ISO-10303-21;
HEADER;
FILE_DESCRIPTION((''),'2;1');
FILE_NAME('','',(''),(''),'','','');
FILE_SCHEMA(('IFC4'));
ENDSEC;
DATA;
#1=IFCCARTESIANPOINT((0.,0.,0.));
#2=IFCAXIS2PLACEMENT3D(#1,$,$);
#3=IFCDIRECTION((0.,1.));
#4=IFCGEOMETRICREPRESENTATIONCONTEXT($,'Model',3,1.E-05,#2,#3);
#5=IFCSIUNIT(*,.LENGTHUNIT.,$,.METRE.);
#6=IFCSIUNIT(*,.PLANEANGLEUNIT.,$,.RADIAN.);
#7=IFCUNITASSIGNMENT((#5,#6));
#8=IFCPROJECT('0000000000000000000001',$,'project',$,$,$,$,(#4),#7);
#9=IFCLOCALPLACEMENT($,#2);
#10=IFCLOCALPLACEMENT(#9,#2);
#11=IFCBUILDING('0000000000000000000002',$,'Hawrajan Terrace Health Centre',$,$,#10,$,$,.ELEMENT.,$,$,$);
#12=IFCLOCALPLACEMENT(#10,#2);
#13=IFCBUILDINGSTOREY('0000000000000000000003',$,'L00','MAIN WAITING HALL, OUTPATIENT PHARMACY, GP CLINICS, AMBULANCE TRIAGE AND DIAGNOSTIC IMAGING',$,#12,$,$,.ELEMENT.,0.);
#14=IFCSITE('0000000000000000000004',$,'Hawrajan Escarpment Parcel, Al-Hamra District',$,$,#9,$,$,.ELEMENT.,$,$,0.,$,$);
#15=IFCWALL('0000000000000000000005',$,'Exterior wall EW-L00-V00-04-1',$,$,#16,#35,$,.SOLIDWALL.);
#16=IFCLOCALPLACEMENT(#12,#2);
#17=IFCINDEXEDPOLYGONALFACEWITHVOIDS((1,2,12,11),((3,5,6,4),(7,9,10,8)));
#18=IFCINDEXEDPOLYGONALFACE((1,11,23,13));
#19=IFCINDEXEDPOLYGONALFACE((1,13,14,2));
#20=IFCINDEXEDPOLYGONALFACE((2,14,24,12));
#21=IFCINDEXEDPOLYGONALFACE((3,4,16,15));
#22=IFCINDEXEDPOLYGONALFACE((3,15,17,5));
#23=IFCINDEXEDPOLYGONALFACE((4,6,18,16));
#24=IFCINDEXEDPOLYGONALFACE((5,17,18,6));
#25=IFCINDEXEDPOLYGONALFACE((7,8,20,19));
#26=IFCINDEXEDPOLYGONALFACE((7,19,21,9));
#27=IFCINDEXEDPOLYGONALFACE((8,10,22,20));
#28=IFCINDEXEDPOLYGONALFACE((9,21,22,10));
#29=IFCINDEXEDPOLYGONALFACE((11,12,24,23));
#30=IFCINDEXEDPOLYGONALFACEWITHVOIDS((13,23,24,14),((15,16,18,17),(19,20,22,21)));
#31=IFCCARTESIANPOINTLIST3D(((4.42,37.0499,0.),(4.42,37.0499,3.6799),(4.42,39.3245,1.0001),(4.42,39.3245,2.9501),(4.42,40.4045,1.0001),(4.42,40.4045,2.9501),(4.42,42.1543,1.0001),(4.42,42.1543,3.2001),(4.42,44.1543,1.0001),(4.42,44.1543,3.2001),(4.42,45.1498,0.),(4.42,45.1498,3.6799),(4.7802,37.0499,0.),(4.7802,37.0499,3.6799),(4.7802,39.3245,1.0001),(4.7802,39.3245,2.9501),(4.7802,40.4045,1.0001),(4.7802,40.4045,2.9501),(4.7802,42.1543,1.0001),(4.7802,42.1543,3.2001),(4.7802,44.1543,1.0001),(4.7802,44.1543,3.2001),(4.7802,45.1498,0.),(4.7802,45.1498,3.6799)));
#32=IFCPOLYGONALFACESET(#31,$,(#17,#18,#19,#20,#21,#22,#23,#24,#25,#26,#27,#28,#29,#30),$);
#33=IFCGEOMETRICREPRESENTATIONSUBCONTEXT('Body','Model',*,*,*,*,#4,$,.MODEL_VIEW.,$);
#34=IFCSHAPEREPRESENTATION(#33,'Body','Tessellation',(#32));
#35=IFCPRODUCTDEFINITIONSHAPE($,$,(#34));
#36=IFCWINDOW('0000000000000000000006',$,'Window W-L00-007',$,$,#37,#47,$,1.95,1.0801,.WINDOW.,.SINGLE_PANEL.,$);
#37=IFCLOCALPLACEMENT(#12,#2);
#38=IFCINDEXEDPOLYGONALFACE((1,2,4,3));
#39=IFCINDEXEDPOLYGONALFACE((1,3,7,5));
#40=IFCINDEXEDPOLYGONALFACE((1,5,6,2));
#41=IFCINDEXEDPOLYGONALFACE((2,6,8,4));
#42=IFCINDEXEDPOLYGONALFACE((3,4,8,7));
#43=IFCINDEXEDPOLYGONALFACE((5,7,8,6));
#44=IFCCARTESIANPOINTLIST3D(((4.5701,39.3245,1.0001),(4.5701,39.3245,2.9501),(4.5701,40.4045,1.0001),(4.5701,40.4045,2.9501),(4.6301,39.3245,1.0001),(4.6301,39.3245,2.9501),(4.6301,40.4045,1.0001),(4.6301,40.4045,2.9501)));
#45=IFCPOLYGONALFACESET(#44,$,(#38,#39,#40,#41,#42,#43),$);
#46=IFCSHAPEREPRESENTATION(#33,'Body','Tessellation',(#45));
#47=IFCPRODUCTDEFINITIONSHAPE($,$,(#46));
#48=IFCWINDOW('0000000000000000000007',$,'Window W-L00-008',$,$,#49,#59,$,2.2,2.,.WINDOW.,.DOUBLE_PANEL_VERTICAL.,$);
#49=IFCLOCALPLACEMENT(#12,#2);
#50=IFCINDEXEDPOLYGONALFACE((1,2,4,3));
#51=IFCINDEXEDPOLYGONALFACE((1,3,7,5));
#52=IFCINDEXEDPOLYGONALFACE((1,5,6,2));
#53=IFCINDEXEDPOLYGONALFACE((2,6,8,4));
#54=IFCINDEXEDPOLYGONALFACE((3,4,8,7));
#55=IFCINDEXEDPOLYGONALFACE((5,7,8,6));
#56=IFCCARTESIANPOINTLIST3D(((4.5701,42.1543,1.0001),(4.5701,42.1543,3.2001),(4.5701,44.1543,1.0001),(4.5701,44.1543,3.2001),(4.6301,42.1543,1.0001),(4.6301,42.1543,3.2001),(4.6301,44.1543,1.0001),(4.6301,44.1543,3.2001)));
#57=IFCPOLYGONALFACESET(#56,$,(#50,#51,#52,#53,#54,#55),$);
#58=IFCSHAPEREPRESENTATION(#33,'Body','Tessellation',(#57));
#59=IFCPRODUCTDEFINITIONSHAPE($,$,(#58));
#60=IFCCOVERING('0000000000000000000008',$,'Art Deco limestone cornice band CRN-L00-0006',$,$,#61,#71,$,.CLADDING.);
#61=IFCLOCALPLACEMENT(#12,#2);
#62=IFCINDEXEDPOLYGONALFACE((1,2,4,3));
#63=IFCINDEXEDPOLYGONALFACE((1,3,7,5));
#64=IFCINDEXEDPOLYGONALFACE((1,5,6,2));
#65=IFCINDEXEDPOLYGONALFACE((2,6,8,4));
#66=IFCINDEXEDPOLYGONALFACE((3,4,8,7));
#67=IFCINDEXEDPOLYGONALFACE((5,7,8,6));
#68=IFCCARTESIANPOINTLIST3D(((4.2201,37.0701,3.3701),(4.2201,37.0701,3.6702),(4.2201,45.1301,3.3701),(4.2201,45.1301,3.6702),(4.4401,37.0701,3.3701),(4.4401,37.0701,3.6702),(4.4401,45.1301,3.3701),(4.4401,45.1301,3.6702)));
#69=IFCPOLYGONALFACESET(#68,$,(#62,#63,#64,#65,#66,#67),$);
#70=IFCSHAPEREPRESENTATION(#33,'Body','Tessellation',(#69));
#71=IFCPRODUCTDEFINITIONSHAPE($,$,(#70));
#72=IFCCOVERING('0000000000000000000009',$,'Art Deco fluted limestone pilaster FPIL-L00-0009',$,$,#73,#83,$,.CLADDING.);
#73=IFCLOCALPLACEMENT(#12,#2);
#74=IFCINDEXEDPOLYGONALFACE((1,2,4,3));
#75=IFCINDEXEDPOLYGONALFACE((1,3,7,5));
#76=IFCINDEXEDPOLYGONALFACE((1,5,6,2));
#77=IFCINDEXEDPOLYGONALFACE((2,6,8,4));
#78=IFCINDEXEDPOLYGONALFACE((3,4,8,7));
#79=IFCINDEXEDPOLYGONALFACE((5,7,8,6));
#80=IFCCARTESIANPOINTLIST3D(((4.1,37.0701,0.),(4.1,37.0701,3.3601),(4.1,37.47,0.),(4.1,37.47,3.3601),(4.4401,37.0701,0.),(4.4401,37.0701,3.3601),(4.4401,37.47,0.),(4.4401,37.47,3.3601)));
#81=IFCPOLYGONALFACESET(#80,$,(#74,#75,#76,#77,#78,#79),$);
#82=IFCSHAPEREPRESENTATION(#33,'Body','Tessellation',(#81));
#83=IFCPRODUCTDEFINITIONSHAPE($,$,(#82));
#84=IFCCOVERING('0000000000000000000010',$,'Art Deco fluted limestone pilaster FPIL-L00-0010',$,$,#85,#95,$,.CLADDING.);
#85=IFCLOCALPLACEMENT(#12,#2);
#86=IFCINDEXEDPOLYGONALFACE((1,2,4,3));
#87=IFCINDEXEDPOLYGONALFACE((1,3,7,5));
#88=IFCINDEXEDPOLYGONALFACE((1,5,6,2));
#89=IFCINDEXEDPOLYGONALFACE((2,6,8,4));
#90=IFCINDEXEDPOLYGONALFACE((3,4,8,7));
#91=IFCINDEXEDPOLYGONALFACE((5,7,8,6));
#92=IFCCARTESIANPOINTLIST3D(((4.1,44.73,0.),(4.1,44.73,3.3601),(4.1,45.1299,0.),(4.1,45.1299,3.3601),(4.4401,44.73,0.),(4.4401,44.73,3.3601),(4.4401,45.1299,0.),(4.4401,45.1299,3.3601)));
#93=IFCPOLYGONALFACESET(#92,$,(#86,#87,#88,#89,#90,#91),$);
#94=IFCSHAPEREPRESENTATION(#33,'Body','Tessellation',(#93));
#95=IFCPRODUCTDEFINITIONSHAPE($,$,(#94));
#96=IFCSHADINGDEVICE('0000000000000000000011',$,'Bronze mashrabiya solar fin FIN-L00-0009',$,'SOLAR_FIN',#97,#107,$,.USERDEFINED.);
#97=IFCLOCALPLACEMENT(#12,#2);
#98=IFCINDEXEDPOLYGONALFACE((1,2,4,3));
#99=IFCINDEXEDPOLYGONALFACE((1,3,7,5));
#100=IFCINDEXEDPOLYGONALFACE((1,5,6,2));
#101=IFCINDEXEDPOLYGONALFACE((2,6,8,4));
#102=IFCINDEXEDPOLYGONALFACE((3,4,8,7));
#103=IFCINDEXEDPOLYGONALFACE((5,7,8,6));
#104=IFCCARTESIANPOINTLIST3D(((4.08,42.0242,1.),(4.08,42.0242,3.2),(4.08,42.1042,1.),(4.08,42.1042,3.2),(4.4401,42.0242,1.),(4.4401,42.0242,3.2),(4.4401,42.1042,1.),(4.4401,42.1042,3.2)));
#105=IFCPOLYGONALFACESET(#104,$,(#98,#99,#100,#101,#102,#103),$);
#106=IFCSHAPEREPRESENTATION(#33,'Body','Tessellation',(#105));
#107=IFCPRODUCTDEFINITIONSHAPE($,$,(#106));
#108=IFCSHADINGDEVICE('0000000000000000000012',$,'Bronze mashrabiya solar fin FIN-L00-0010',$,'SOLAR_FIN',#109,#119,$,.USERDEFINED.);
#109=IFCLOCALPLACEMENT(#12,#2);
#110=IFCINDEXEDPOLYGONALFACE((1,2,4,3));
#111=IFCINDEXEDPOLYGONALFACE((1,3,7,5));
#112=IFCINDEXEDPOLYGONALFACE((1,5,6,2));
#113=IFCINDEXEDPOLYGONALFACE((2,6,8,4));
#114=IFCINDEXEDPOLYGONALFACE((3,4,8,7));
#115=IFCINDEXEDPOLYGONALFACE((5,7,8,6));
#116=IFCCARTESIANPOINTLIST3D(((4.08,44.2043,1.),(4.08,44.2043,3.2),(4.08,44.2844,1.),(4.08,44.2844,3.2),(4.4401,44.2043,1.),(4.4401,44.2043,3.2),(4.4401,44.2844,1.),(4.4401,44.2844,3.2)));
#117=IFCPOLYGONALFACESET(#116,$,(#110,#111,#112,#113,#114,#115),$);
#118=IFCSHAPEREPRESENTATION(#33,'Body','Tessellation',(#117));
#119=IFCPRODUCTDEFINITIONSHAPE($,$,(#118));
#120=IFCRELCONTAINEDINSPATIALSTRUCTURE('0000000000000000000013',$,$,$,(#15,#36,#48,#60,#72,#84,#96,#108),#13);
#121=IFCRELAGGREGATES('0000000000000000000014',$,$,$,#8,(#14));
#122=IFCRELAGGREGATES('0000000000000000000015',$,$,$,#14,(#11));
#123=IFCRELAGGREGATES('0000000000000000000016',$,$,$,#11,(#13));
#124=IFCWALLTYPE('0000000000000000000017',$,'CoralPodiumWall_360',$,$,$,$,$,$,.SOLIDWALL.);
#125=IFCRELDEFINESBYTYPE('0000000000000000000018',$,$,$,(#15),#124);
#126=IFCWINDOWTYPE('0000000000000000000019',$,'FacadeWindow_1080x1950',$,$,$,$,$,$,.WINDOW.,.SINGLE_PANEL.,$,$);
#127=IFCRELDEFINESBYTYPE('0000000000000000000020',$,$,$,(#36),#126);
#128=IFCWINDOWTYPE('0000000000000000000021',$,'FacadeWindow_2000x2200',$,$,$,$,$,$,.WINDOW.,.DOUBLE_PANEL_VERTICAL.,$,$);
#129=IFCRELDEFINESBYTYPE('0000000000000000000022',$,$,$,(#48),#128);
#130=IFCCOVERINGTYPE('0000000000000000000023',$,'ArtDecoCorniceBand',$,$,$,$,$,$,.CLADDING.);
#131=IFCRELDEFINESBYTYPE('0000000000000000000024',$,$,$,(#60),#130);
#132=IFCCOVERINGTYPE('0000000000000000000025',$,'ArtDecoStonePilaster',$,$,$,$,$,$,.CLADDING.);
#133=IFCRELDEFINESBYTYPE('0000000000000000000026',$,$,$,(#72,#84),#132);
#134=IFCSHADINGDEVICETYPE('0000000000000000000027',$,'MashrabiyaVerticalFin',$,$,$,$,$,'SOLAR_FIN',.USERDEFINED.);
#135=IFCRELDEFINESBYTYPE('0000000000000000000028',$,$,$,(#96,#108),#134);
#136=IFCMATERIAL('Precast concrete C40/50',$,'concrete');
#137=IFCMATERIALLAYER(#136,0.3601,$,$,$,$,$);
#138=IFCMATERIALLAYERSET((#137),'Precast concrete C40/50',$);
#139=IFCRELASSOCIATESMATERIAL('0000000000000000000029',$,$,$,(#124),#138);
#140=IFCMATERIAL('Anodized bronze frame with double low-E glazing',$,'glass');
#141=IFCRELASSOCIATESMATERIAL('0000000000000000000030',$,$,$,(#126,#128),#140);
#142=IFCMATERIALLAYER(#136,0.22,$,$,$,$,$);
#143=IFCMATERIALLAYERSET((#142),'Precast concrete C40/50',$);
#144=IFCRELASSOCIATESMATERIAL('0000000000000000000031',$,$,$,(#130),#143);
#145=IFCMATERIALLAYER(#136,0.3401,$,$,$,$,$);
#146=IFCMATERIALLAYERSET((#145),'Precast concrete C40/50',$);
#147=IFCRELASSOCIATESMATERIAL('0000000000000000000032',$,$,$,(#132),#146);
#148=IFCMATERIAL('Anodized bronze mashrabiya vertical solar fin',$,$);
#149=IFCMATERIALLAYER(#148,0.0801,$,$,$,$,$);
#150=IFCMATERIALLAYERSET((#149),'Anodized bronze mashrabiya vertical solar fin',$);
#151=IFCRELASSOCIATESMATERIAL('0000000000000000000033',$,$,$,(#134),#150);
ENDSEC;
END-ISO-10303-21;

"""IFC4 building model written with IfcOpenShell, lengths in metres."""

from ifc_helpers import new_model, si_unit, direction, frame, frame_2d, origin, origin_2d, place, context, subcontext, project, spatial, rectangle, extrude, material, layer, layer_set, type_object, element, fill, save


model = new_model("IFC4")

# Units and contexts
model_context = context("Model", 3, precision=1e-05, world=origin(), true_north=direction((0.0, 1.0)))
body_context = subcontext(model_context, "Body", "Model", "MODEL_VIEW")
ifc_project = project(units=[si_unit("LENGTHUNIT", "METRE"), si_unit("PLANEANGLEUNIT", "RADIAN")], contexts=[model_context])

# Site, building, storey
site_placement = place(None, origin())
site = spatial("IfcSite", under=ifc_project, at=site_placement, Name="Hawrajan Escarpment Parcel, Al-Hamra District", CompositionType="ELEMENT", RefElevation=0.0)
building_placement = place(site_placement, origin())
building = spatial("IfcBuilding", under=site, at=building_placement, Name="Hawrajan Terrace Health Centre", CompositionType="ELEMENT")
storey_placement = place(building_placement, origin())
storey = spatial("IfcBuildingStorey", under=building, at=storey_placement, Name="L00", Description="MAIN WAITING HALL, OUTPATIENT PHARMACY, GP CLINICS, AMBULANCE TRIAGE AND DIAGNOSTIC IMAGING", CompositionType="ELEMENT", Elevation=0.0)

# Wall, openings, windows
ifc_material_1 = material(Name="Precast concrete C40/50", Category="concrete")
ifc_layer_1 = layer(ifc_material_1, 0.3601)
ifc_layer_set_1 = layer_set([ifc_layer_1], Name="Precast concrete C40/50")
wall_type_1 = type_object("IfcWallType", Name="CoralPodiumWall_360", PredefinedType="SOLIDWALL", material=ifc_layer_set_1)
wall_1_placement = place(storey_placement, frame((4.6001, 37.05, 0.0), z_axis=(0.0, 0.0, 1.0), x_axis=(0.0, 1.0, 0.0)))
wall_1 = element("IfcWall", 1, at=wall_1_placement, inside=storey, type_object=wall_type_1, Name="Exterior wall EW-L00-V00-04-1", PredefinedType="SOLIDWALL", context=body_context, shape_type="SweptSolid", body=[
    extrude(rectangle(XDim=8.0999, YDim=0.3601, at=frame_2d((4.0498, 0.0))), origin(), (0.0, 0.0, 1.0), 3.6799),
])
opening_1_placement = place(wall_1_placement, frame((2.2744, 0.0, 1.0)))
opening_1 = element("IfcOpeningElement", 2, at=opening_1_placement, cuts=wall_1, PredefinedType="OPENING", context=body_context, shape_type="SweptSolid", body=[
    extrude(rectangle(XDim=1.0801, YDim=1.95, at=frame_2d((0.54, 0.9751))), frame((0.0, 0.1899, 0.0), z_axis=(0.0, -1.0, 0.0), x_axis=(1.0, 0.0, 0.0)), (0.0, 0.0, 1.0), 0.3801),
])
opening_2_placement = place(wall_1_placement, frame((5.1042, 0.0, 1.0)))
opening_2 = element("IfcOpeningElement", 3, at=opening_2_placement, cuts=wall_1, PredefinedType="OPENING", context=body_context, shape_type="SweptSolid", body=[
    extrude(rectangle(XDim=2.0, YDim=2.2, at=frame_2d((1.0, 1.1001))), frame((0.0, 0.1899, 0.0), z_axis=(0.0, -1.0, 0.0), x_axis=(1.0, 0.0, 0.0)), (0.0, 0.0, 1.0), 0.3801),
])
ifc_material_2 = material(Name="Anodized bronze frame with double low-E glazing", Category="glass")
window_type_1 = type_object("IfcWindowType", Name="FacadeWindow_1080x1950", PartitioningType="SINGLE_PANEL", PredefinedType="WINDOW", material=ifc_material_2)
window_1_placement = place(opening_1_placement, origin())
window_1 = element("IfcWindow", 4, at=window_1_placement, inside=storey, type_object=window_type_1, Name="Window W-L00-007", OverallHeight=1.95, OverallWidth=1.0801, PartitioningType="SINGLE_PANEL", PredefinedType="WINDOW", context=body_context, shape_type="SweptSolid", body=[
    extrude(rectangle(XDim=1.0801, YDim=1.95, at=frame_2d((0.54, 0.9751))), frame((0.0, 0.03, 0.0), z_axis=(0.0, -1.0, 0.0), x_axis=(1.0, 0.0, 0.0)), (0.0, 0.0, 1.0), 0.0601),
])
fill(opening_1, window_1)
window_type_2 = type_object("IfcWindowType", Name="FacadeWindow_2000x2200", PartitioningType="DOUBLE_PANEL_VERTICAL", PredefinedType="WINDOW", material=ifc_material_2)
window_2_placement = place(opening_2_placement, origin())
window_2 = element("IfcWindow", 5, at=window_2_placement, inside=storey, type_object=window_type_2, Name="Window W-L00-008", OverallHeight=2.2, OverallWidth=2.0, PartitioningType="DOUBLE_PANEL_VERTICAL", PredefinedType="WINDOW", context=body_context, shape_type="SweptSolid", body=[
    extrude(rectangle(XDim=2.0, YDim=2.2, at=frame_2d((1.0, 1.1001))), frame((0.0, 0.03, 0.0), z_axis=(0.0, -1.0, 0.0), x_axis=(1.0, 0.0, 0.0)), (0.0, 0.0, 1.0), 0.0601),
])
fill(opening_2, window_2)

# Coverings
ifc_layer_2 = layer(ifc_material_1, 0.22)
ifc_layer_set_2 = layer_set([ifc_layer_2], Name="Precast concrete C40/50")
covering_type_1 = type_object("IfcCoveringType", Name="ArtDecoCorniceBand", PredefinedType="CLADDING", material=ifc_layer_set_2)
covering_placement = place(storey_placement, frame((4.3301, 41.1001, 3.3701), z_axis=(0.0, 0.0, 1.0), x_axis=(0.0, 1.0, 0.0)))
element("IfcCovering", 6, at=covering_placement, inside=storey, type_object=covering_type_1, Name="Art Deco limestone cornice band CRN-L00-0006", PredefinedType="CLADDING", context=body_context, shape_type="SweptSolid", body=[
    extrude(rectangle(XDim=8.0601, YDim=0.22, at=origin_2d()), origin(), (0.0, 0.0, 1.0), 0.3),
])
ifc_layer_3 = layer(ifc_material_1, 0.3401)
ifc_layer_set_3 = layer_set([ifc_layer_3], Name="Precast concrete C40/50")
covering_type_2 = type_object("IfcCoveringType", Name="ArtDecoStonePilaster", PredefinedType="CLADDING", material=ifc_layer_set_3)
for number, where, z_axis, x_axis, name in (
    (7, (4.27, 37.27, 0.0), (0.0, 0.0, 1.0), (0.0, 1.0, 0.0), "Art Deco fluted limestone pilaster FPIL-L00-0009"),
    (8, (4.27, 44.9299, 0.0), (0.0, 0.0, 1.0), (0.0, 1.0, 0.0), "Art Deco fluted limestone pilaster FPIL-L00-0010"),
):
    element("IfcCovering", number, at=place(storey_placement, frame(where, z_axis=z_axis, x_axis=x_axis)), inside=storey, type_object=covering_type_2, Name=name, PredefinedType="CLADDING", context=body_context, shape_type="SweptSolid", body=[
        extrude(rectangle(XDim=0.3999, YDim=0.3401, at=origin_2d()), origin(), (0.0, 0.0, 1.0), 3.3601),
    ])

# Shading devices
ifc_material_3 = material(Name="Anodized bronze mashrabiya vertical solar fin")
ifc_layer_4 = layer(ifc_material_3, 0.0801)
ifc_layer_set_4 = layer_set([ifc_layer_4], Name="Anodized bronze mashrabiya vertical solar fin")
shading_device_type = type_object("IfcShadingDeviceType", Name="MashrabiyaVerticalFin", ElementType="SOLAR_FIN", PredefinedType="USERDEFINED", material=ifc_layer_set_4)
for number, where, z_axis, x_axis, name in (
    (9, (4.26, 42.0642, 1.0), (0.0, 0.0, 1.0), (0.0, 1.0, 0.0), "Bronze mashrabiya solar fin FIN-L00-0009"),
    (10, (4.26, 44.2444, 1.0), (0.0, 0.0, 1.0), (0.0, 1.0, 0.0), "Bronze mashrabiya solar fin FIN-L00-0010"),
):
    element("IfcShadingDevice", number, at=place(storey_placement, frame(where, z_axis=z_axis, x_axis=x_axis)), inside=storey, type_object=shading_device_type, Name=name, ObjectType="SOLAR_FIN", PredefinedType="USERDEFINED", context=body_context, shape_type="SweptSolid", body=[
        extrude(rectangle(XDim=0.0801, YDim=0.3601, at=origin_2d()), origin(), (0.0, 0.0, 1.0), 2.2),
    ])

save(model, "model.ifc")
